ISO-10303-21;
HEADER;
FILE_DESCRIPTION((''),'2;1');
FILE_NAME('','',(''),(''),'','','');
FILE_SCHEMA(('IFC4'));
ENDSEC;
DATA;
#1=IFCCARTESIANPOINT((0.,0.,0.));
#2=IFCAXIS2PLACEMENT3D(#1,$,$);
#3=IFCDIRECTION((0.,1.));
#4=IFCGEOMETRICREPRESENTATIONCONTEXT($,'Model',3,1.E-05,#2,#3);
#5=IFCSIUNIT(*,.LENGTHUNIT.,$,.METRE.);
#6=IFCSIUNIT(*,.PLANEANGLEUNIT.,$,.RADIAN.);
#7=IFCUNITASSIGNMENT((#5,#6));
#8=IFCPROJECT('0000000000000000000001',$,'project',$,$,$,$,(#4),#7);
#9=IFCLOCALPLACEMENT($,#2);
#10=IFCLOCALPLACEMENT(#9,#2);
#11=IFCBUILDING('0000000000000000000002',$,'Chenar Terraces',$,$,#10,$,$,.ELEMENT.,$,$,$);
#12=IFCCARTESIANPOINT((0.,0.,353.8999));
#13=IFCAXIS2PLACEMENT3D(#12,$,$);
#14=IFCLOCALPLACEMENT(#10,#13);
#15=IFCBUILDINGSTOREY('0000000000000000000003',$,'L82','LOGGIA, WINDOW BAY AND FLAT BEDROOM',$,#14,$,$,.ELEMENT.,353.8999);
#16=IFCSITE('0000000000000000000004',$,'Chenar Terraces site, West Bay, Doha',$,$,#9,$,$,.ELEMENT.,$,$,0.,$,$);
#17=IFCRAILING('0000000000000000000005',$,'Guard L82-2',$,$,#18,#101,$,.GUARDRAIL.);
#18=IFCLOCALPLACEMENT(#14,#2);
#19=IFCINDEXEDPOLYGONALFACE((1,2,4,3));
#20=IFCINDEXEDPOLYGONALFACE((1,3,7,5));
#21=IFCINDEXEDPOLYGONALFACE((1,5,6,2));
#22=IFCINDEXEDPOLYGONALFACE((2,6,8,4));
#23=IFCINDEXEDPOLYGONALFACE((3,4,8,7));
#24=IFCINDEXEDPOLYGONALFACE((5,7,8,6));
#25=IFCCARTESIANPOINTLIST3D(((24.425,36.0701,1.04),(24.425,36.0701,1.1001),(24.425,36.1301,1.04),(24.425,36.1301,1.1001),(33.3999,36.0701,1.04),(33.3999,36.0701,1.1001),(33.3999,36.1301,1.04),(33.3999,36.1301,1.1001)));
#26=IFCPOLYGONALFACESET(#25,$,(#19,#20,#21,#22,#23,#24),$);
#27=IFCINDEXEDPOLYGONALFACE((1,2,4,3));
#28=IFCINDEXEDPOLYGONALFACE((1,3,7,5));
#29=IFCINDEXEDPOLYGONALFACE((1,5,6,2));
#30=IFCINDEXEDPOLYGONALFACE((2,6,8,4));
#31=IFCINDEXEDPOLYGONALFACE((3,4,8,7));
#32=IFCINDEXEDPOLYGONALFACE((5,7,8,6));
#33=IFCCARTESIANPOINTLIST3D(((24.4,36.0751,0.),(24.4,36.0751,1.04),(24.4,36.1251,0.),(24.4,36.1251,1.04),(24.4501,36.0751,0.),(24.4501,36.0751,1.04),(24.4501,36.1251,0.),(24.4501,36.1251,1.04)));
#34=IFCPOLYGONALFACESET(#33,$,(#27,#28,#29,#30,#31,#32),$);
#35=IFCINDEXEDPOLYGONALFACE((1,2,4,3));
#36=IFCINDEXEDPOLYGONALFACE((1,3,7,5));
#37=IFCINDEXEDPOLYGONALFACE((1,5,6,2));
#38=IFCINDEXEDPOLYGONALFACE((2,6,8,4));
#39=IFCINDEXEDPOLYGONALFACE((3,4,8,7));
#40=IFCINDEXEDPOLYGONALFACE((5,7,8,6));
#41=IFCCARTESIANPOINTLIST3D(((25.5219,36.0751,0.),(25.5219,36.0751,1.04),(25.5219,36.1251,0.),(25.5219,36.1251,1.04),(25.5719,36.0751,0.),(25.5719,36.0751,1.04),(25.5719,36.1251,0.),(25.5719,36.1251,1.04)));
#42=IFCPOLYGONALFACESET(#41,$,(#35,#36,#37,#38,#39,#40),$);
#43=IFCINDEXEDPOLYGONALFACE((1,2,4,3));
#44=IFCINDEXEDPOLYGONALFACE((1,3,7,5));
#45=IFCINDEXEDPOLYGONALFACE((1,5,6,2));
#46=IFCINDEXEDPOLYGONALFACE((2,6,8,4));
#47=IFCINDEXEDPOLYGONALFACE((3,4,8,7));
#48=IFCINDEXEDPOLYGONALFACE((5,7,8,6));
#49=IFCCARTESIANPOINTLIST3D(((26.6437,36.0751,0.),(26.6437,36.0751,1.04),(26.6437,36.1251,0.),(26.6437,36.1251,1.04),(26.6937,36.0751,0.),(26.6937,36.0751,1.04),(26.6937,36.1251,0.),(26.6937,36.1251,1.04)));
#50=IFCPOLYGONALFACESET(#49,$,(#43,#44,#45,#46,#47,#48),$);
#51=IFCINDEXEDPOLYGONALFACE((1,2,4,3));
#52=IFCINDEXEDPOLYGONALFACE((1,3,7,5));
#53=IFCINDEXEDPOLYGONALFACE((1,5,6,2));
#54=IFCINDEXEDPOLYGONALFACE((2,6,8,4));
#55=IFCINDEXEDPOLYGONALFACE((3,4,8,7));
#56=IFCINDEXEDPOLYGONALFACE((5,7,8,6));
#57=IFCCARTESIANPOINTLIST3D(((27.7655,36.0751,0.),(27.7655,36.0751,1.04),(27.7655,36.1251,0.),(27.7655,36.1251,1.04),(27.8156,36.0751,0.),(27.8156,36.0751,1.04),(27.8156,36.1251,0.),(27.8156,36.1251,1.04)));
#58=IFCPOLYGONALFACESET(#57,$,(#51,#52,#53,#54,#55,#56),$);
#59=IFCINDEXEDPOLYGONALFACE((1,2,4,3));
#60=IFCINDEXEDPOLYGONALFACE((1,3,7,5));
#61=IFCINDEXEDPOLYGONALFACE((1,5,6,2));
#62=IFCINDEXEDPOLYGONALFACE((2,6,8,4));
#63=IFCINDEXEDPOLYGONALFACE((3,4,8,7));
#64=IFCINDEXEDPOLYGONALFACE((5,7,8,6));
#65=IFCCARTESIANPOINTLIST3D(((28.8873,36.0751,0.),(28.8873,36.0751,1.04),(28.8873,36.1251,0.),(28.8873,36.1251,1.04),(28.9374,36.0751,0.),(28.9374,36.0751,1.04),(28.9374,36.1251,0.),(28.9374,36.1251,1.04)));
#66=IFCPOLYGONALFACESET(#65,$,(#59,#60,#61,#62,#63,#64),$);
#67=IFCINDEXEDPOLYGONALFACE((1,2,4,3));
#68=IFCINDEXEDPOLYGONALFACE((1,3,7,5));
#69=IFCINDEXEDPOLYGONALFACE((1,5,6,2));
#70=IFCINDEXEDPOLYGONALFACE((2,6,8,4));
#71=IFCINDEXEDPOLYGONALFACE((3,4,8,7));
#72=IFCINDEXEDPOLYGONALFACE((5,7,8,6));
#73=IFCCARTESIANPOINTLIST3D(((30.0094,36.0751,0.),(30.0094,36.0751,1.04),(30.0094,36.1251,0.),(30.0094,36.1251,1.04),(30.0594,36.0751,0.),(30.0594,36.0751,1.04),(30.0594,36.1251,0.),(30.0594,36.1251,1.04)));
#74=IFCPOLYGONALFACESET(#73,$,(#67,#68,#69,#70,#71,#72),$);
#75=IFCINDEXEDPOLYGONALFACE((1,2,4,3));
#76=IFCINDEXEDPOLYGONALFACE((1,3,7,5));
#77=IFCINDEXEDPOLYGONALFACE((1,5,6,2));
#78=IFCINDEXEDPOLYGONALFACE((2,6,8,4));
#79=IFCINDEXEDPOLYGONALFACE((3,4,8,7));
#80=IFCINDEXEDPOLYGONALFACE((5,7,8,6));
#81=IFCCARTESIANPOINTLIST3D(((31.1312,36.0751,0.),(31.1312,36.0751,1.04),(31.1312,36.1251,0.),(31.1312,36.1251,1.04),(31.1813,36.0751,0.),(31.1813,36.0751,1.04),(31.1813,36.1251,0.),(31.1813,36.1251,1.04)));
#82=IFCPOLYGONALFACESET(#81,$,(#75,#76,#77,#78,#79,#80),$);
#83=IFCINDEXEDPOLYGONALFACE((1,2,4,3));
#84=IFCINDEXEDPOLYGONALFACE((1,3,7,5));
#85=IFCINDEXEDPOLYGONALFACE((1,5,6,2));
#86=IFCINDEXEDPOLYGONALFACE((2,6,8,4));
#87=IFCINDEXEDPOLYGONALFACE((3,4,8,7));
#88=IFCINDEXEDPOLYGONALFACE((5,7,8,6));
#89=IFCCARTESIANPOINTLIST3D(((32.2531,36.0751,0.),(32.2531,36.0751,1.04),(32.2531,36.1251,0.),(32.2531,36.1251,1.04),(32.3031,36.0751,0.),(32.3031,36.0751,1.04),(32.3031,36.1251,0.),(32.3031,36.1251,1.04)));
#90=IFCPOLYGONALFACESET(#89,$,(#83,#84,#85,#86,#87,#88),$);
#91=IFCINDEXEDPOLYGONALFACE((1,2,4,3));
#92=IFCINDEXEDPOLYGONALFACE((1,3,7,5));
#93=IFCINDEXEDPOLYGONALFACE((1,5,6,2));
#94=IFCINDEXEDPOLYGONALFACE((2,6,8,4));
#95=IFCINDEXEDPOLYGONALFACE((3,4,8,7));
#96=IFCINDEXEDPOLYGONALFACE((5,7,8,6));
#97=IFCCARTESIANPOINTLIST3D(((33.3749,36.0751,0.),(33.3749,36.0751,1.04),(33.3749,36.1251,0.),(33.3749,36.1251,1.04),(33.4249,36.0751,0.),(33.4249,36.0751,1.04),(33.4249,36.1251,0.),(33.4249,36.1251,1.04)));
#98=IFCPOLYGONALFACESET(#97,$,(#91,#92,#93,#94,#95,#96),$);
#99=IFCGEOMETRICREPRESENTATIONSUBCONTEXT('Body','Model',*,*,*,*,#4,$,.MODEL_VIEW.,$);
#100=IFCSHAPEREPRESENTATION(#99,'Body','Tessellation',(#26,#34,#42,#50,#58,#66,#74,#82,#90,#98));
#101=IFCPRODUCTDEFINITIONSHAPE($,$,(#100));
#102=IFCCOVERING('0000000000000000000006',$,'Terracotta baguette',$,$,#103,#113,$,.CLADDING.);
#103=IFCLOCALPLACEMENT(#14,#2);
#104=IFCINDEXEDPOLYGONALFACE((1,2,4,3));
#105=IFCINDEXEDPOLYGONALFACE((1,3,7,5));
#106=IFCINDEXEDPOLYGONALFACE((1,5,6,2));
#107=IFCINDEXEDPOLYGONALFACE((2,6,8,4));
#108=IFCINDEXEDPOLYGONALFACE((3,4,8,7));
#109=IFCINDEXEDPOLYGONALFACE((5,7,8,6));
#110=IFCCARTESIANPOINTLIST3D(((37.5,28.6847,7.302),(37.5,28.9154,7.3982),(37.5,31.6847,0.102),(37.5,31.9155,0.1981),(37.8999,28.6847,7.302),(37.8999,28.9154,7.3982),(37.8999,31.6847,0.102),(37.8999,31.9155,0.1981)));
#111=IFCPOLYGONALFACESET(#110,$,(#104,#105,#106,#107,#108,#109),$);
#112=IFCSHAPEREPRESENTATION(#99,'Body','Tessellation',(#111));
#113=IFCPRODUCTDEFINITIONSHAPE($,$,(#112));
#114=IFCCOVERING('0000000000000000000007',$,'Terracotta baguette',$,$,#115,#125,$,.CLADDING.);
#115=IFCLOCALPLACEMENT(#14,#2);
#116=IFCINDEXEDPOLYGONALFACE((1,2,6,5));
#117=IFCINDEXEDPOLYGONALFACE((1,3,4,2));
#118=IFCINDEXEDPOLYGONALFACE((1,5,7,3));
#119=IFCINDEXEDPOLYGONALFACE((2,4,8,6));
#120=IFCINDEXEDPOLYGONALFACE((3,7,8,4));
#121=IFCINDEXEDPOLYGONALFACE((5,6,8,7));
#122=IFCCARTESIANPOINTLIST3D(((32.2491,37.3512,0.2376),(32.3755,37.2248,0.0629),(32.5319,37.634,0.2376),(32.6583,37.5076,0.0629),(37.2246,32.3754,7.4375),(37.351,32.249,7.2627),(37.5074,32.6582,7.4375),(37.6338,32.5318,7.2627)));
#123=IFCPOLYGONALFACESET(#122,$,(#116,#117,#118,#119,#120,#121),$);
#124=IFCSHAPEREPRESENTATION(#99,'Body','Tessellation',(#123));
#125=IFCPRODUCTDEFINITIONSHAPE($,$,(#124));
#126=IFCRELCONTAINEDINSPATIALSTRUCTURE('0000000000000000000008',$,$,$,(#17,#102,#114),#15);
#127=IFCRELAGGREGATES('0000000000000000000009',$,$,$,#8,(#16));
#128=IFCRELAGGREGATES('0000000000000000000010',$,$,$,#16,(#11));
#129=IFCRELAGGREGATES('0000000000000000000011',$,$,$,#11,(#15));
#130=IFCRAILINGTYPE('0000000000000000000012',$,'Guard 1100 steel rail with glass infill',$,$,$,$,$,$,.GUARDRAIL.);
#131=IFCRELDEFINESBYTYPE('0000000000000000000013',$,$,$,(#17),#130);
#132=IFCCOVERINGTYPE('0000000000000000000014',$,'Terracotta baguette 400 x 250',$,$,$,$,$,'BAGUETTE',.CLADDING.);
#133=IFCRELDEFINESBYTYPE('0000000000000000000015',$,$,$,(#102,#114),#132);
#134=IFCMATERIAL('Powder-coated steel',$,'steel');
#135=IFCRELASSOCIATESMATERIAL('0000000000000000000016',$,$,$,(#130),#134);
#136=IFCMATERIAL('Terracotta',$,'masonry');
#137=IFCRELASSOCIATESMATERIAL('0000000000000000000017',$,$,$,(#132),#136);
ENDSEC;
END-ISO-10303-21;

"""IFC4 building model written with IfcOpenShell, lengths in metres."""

from ifc_helpers import new_model, si_unit, direction, frame, origin, origin_2d, place, context, subcontext, project, spatial, rectangle, extrude, material, material_profile, profile_set, type_object, element, save


model = new_model("IFC4")

# Units and contexts
model_context = context("Model", 3, precision=1e-05, world=origin(), true_north=direction((0.0, 1.0)))
body_context = subcontext(model_context, "Body", "Model", "MODEL_VIEW")
ifc_project = project(units=[si_unit("LENGTHUNIT", "METRE"), si_unit("PLANEANGLEUNIT", "RADIAN")], contexts=[model_context])

# Site, building, storey
site_placement = place(None, origin())
site = spatial("IfcSite", under=ifc_project, at=site_placement, Name="Chenar Terraces site, West Bay, Doha", CompositionType="ELEMENT", RefElevation=0.0)
building_placement = place(site_placement, origin())
building = spatial("IfcBuilding", under=site, at=building_placement, Name="Chenar Terraces", CompositionType="ELEMENT")
storey_placement = place(building_placement, frame((0.0, 0.0, 353.8999)))
storey = spatial("IfcBuildingStorey", under=building, at=storey_placement, Name="L82", Description="LOGGIA, WINDOW BAY AND FLAT BEDROOM", CompositionType="ELEMENT", Elevation=353.8999)

# Railing
ifc_material_1 = material(Name="Powder-coated steel", Category="steel")
railing_type = type_object("IfcRailingType", Name="Guard 1100 steel rail with glass infill", PredefinedType="GUARDRAIL", material=ifc_material_1)
railing_placement = place(storey_placement, frame((24.425, 36.1001, 0.0)))
element("IfcRailing", 1, at=railing_placement, inside=storey, type_object=railing_type, Name="Guard L82-2", PredefinedType="GUARDRAIL", context=body_context, shape_type="SweptSolid", body=[
    extrude(rectangle(XDim=0.0601, YDim=0.0601, at=origin_2d()), frame((0.0, 0.0, 1.0701), z_axis=(1.0, 0.0, 0.0), x_axis=(0.0, 1.0, 0.0)), (0.0, 0.0, 1.0), 8.9749),
    extrude(rectangle(XDim=0.05, YDim=0.05, at=origin_2d()), origin(), (0.0, 0.0, 1.0), 1.04),
    extrude(rectangle(XDim=0.05, YDim=0.05, at=origin_2d()), frame((1.1218, 0.0, 0.0)), (0.0, 0.0, 1.0), 1.04),
    extrude(rectangle(XDim=0.05, YDim=0.05, at=origin_2d()), frame((2.2437, 0.0, 0.0)), (0.0, 0.0, 1.0), 1.04),
    extrude(rectangle(XDim=0.05, YDim=0.05, at=origin_2d()), frame((3.3655, 0.0, 0.0)), (0.0, 0.0, 1.0), 1.04),
    extrude(rectangle(XDim=0.05, YDim=0.05, at=origin_2d()), frame((4.4873, 0.0, 0.0)), (0.0, 0.0, 1.0), 1.04),
    extrude(rectangle(XDim=0.05, YDim=0.05, at=origin_2d()), frame((5.6094, 0.0, 0.0)), (0.0, 0.0, 1.0), 1.04),
    extrude(rectangle(XDim=0.05, YDim=0.05, at=origin_2d()), frame((6.7312, 0.0, 0.0)), (0.0, 0.0, 1.0), 1.04),
    extrude(rectangle(XDim=0.05, YDim=0.05, at=origin_2d()), frame((7.853, 0.0, 0.0)), (0.0, 0.0, 1.0), 1.04),
    extrude(rectangle(XDim=0.05, YDim=0.05, at=origin_2d()), frame((8.9749, 0.0, 0.0)), (0.0, 0.0, 1.0), 1.04),
])

# Coverings
ifc_material_2 = material(Name="Terracotta", Category="masonry")
ifc_material_profile_1 = material_profile(ifc_material_2, rectangle(XDim=0.3999, YDim=0.25, at=origin_2d()), Name="Terracotta baguette 400 x 250")
ifc_profile_set_1 = profile_set([ifc_material_profile_1], Name="Terracotta")
covering_type = type_object("IfcCoveringType", Name="Terracotta baguette 400 x 250", ElementType="BAGUETTE", PredefinedType="CLADDING", material=ifc_profile_set_1)
covering_1_placement = place(storey_placement, frame((37.7, 28.8, 7.3501), z_axis=(0.0, 0.384618, -0.923076), x_axis=(-1.0, 0.0, 0.0)))
element("IfcCovering", 2, at=covering_1_placement, inside=storey, type_object=covering_type, Name="Terracotta baguette", PredefinedType="CLADDING", context=body_context, shape_type="SweptSolid", body=[
    extrude(rectangle(XDim=0.3999, YDim=0.25, at=origin_2d()), origin(), (0.0, 0.0, 1.0), 7.8),
])
covering_2_placement = place(storey_placement, frame((37.4292, 32.4536, 7.3501), z_axis=(-0.494222, 0.494247, -0.715167), x_axis=(-0.707124, -0.707089, 0.0)))
element("IfcCovering", 3, at=covering_2_placement, inside=storey, type_object=covering_type, Name="Terracotta baguette", PredefinedType="CLADDING", context=body_context, shape_type="SweptSolid", body=[
    extrude(rectangle(XDim=0.3999, YDim=0.25, at=origin_2d()), origin(), (0.0, 0.0, 1.0), 10.0674),
])

save(model, "model.ifc")
